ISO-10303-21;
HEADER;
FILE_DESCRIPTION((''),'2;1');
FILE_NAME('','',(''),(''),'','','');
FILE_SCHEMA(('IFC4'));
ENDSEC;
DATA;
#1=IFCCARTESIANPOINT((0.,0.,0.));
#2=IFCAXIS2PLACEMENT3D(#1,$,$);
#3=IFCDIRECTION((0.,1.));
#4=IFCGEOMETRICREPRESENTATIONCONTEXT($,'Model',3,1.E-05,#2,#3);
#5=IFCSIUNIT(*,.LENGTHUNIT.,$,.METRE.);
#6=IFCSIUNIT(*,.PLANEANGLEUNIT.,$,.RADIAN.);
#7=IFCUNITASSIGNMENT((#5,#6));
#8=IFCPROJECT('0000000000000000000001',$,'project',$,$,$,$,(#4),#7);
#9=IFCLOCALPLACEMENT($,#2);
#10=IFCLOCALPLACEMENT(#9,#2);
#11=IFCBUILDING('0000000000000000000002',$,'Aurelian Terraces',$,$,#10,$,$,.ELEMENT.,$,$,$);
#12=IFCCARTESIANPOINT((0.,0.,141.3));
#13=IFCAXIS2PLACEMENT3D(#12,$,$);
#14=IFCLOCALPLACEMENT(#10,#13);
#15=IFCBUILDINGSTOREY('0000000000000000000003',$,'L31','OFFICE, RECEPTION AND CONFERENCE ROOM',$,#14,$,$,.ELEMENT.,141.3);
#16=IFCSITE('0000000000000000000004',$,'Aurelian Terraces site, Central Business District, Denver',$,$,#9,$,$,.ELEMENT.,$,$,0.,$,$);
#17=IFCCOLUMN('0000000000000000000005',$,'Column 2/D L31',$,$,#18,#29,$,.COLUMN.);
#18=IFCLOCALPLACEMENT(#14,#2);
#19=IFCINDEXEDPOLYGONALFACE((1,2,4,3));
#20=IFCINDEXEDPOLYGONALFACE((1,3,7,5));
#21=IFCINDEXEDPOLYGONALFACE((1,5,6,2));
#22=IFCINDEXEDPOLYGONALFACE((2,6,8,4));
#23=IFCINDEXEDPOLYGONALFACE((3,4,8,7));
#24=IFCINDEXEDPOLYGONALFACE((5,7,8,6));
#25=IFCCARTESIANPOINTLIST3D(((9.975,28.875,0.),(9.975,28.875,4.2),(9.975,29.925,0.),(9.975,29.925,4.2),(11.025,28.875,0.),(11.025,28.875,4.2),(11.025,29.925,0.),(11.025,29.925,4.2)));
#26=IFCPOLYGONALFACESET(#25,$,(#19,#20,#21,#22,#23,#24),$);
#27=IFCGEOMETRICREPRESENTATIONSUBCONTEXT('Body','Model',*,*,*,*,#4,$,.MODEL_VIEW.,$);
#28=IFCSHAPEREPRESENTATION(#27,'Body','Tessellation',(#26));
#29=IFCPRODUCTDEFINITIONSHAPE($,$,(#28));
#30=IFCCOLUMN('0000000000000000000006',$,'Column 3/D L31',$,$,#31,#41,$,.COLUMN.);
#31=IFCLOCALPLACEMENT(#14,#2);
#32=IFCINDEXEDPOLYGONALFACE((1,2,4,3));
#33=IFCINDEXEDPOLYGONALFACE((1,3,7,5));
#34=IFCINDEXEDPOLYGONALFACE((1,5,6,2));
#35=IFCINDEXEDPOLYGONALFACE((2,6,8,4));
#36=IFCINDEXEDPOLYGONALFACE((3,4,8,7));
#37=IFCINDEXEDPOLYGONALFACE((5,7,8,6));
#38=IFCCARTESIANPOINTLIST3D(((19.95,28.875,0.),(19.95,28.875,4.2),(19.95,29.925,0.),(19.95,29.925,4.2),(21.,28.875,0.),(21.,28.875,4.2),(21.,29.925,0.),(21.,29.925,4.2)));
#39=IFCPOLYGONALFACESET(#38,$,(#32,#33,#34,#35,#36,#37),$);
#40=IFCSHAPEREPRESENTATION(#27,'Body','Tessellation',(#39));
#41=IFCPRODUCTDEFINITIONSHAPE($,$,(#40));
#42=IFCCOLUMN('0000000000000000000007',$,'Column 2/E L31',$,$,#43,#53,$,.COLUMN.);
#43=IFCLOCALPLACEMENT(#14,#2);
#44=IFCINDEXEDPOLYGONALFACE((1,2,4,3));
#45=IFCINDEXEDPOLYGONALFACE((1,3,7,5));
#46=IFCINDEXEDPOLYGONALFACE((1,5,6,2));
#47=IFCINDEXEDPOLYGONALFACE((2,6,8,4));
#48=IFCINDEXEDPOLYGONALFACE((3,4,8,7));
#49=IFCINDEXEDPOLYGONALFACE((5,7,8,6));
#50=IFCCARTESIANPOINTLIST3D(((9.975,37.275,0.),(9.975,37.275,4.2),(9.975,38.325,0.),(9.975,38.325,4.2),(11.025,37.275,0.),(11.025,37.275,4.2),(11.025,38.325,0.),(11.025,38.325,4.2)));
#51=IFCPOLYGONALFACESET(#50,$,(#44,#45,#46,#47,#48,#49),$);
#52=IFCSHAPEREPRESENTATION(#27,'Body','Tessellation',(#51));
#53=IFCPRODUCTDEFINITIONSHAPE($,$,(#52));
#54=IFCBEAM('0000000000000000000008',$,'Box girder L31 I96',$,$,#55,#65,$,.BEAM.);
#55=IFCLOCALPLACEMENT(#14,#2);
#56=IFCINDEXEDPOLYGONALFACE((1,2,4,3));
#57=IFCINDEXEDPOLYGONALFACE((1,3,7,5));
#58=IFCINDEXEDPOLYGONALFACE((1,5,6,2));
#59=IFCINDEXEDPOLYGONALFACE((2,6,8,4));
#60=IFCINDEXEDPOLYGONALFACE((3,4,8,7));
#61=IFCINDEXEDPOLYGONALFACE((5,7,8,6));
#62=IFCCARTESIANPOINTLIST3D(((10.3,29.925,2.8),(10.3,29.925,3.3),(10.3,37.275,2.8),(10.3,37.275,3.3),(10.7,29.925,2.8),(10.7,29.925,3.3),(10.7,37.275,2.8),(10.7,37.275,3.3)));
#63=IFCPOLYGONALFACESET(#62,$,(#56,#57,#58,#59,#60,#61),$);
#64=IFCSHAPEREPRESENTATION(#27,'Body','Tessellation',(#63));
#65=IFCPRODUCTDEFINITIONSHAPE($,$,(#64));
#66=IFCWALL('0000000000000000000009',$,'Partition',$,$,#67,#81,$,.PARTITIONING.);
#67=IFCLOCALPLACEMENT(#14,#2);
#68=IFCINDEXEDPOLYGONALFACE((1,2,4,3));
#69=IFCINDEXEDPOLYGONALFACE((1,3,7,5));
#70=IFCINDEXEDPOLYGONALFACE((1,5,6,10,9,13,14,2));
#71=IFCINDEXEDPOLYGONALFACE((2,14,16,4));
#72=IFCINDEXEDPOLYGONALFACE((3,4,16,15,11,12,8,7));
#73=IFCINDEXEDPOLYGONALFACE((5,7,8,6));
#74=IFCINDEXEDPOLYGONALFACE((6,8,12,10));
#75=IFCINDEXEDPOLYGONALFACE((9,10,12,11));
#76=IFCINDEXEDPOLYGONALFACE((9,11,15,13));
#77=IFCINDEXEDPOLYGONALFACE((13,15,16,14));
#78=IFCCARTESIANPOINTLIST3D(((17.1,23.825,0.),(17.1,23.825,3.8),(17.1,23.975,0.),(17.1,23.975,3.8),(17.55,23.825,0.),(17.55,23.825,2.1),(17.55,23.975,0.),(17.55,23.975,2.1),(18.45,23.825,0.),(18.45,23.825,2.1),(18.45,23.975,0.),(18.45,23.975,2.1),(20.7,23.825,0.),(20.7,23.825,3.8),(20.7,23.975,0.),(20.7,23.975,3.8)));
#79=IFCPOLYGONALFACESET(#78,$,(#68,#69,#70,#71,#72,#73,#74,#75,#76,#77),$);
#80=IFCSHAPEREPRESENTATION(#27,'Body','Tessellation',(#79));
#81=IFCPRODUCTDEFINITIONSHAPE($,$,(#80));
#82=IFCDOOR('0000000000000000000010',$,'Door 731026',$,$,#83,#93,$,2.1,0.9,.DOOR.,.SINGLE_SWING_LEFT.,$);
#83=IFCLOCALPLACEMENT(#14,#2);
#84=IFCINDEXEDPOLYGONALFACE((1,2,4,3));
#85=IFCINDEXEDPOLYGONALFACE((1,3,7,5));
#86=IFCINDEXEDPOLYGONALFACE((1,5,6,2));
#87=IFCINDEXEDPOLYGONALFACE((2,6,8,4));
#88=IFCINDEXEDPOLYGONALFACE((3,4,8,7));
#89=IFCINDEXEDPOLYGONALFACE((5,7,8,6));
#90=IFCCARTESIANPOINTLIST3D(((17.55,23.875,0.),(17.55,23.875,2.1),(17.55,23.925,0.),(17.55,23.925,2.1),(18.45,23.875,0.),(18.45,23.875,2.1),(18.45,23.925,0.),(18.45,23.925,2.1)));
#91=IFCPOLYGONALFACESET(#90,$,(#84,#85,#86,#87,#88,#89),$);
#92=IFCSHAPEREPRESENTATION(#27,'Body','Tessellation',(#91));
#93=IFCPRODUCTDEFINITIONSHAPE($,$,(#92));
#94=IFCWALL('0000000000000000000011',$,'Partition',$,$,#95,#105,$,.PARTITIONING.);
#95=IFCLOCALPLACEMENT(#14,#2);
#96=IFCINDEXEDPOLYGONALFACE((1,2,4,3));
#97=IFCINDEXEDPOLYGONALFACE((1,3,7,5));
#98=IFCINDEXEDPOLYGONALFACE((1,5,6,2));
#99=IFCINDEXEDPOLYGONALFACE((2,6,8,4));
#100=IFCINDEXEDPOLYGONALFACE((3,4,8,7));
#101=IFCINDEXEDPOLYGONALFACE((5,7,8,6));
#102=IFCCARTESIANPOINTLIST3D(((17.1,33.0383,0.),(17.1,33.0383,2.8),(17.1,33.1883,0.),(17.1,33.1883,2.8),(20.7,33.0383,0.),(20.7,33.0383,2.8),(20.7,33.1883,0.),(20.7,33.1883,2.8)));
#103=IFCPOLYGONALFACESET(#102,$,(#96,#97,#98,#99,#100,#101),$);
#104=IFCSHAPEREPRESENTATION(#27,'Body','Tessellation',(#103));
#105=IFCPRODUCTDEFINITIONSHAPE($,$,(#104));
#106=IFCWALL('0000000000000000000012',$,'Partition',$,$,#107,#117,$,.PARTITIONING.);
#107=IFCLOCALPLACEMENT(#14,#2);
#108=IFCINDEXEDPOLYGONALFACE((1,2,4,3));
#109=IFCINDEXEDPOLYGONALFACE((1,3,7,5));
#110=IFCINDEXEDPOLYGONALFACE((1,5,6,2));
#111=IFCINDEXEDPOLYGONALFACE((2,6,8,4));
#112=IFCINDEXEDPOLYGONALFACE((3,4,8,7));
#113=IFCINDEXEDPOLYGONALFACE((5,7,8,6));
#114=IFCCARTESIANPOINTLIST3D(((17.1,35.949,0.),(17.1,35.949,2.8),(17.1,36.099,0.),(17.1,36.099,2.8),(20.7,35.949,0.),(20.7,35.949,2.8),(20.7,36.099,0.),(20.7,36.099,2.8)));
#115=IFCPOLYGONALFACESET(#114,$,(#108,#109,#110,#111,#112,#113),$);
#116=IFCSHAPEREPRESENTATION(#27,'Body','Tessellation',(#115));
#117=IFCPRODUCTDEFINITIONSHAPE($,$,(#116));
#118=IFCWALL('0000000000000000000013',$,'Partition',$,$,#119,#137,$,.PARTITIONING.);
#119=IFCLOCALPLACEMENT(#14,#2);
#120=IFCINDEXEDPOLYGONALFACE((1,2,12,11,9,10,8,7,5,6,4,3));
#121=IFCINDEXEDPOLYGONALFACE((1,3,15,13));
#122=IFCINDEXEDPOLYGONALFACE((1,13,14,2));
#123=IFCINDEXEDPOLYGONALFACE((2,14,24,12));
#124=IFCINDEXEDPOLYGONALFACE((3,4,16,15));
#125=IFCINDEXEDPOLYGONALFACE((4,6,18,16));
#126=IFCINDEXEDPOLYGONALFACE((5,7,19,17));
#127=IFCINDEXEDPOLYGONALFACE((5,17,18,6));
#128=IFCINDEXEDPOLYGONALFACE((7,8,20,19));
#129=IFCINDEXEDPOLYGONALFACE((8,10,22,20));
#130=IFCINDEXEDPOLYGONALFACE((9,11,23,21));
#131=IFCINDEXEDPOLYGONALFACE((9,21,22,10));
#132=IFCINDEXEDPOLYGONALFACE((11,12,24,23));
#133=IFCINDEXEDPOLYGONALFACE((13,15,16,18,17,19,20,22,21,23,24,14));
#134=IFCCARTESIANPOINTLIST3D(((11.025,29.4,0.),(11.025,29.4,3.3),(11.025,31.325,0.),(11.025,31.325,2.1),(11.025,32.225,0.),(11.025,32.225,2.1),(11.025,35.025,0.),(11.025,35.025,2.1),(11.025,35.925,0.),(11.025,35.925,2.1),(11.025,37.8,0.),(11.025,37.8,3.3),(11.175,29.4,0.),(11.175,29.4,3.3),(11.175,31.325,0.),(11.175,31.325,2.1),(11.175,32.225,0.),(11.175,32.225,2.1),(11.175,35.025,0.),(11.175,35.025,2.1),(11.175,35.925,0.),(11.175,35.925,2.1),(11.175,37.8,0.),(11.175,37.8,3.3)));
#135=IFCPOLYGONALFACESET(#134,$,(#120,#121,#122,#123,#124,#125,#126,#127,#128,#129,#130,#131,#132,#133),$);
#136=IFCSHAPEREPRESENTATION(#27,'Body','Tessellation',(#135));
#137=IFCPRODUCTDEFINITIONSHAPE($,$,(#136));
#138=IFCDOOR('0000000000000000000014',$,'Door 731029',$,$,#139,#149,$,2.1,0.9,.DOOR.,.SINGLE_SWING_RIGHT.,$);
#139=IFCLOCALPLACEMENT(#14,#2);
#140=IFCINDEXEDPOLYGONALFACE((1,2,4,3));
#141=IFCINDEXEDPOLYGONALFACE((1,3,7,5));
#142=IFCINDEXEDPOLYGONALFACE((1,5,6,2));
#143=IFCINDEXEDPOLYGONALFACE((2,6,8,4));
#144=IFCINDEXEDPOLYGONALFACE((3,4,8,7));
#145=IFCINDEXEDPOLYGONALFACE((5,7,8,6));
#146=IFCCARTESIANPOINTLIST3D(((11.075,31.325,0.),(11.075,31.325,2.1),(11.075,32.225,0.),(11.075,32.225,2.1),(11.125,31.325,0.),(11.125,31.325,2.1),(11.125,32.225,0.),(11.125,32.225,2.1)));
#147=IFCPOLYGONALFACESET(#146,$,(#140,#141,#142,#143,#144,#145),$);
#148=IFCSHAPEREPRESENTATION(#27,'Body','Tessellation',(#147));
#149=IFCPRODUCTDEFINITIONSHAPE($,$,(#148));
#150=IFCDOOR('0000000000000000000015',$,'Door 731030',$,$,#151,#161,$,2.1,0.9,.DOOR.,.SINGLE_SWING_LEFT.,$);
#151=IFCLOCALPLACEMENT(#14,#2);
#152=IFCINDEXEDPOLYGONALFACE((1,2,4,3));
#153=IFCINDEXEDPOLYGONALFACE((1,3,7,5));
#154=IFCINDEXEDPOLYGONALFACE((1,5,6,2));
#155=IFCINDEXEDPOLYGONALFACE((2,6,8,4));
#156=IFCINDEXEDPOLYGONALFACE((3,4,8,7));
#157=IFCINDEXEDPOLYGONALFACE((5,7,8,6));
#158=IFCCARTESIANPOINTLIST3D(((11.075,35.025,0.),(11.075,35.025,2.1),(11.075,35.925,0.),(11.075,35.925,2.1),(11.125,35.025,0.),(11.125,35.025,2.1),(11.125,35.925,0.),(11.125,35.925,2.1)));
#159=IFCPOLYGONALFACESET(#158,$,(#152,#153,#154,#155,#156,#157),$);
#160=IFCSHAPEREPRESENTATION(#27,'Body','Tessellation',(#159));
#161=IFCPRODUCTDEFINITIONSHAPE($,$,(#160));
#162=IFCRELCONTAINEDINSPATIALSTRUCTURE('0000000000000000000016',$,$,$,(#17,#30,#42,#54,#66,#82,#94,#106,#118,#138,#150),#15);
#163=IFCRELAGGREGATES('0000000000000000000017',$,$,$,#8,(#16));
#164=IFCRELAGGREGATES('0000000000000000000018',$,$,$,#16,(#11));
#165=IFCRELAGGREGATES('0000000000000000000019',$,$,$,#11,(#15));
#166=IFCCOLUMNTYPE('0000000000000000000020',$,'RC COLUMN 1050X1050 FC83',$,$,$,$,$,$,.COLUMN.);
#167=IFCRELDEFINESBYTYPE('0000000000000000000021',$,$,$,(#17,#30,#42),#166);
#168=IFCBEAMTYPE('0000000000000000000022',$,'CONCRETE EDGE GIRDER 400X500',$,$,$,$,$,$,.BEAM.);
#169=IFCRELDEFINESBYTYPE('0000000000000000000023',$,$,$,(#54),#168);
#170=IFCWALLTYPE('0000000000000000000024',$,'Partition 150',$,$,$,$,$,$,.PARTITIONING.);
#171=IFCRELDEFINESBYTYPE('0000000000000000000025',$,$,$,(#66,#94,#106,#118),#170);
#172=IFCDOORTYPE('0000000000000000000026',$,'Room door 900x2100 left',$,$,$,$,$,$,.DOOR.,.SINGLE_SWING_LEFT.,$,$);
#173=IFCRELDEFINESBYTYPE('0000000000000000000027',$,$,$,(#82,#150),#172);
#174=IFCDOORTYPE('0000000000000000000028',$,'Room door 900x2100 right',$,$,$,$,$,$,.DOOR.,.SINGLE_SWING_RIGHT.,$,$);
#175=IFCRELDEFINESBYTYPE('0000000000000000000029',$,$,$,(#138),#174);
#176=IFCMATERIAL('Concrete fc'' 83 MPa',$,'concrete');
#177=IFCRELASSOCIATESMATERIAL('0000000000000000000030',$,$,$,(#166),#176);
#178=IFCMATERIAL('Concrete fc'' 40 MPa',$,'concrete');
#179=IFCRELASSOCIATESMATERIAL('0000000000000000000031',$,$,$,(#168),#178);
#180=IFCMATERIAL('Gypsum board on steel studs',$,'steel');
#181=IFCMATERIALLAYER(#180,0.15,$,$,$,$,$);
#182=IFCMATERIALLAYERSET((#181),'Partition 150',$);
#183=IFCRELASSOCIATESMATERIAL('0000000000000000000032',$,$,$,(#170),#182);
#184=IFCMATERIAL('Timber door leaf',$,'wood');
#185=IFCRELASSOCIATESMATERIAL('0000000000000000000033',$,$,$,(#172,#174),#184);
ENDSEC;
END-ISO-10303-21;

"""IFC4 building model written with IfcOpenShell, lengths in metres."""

from ifc_helpers import new_model, si_unit, direction, frame, frame_2d, origin, origin_2d, place, context, subcontext, project, spatial, rectangle, extrude, source, transform, mapped, material, layer, layer_set, material_profile, profile_set, type_object, element, fill, save


model = new_model("IFC4")

# Units and contexts
model_context = context("Model", 3, precision=1e-05, world=origin(), true_north=direction((0.0, 1.0)))
body_context = subcontext(model_context, "Body", "Model", "MODEL_VIEW")
ifc_project = project(units=[si_unit("LENGTHUNIT", "METRE"), si_unit("PLANEANGLEUNIT", "RADIAN")], contexts=[model_context])

# Site, building, storey
site_placement = place(None, origin())
site = spatial("IfcSite", under=ifc_project, at=site_placement, Name="Aurelian Terraces site, Central Business District, Denver", CompositionType="ELEMENT", RefElevation=0.0)
building_placement = place(site_placement, origin())
building = spatial("IfcBuilding", under=site, at=building_placement, Name="Aurelian Terraces", CompositionType="ELEMENT")
storey_placement = place(building_placement, frame((0.0, 0.0, 141.3)))
storey = spatial("IfcBuildingStorey", under=building, at=storey_placement, Name="L31", Description="OFFICE, RECEPTION AND CONFERENCE ROOM", CompositionType="ELEMENT", Elevation=141.3)

# Columns
ifc_material_1 = material(Name="Concrete fc' 83 MPa", Category="concrete")
ifc_material_profile_1 = material_profile(ifc_material_1, rectangle(XDim=1.05, YDim=1.05, at=origin_2d()))
ifc_profile_set_1 = profile_set([ifc_material_profile_1], Name="Concrete fc' 83 MPa")
column_type = type_object("IfcColumnType", Name="RC COLUMN 1050X1050 FC83", PredefinedType="COLUMN", material=ifc_profile_set_1)
shared_shape_1 = source(origin(), body_context, "Body", "SweptSolid", [
    extrude(rectangle(XDim=1.05, YDim=1.05, at=origin_2d()), origin(), (0.0, 0.0, 1.0), 4.2),
])
for number, where, z_axis, x_axis, name in (
    (1, (10.5, 29.4, 0.0), (0.0, 0.0, 1.0), (1.0, 0.0, 0.0), "Column 2/D L31"),
    (2, (20.475, 29.4, 0.0), (0.0, 0.0, 1.0), (1.0, 0.0, 0.0), "Column 3/D L31"),
    (3, (10.5, 37.8, 0.0), (0.0, 0.0, 1.0), (1.0, 0.0, 0.0), "Column 2/E L31"),
):
    element("IfcColumn", number, at=place(storey_placement, frame(where, z_axis=z_axis, x_axis=x_axis)), inside=storey, type_object=column_type, Name=name, PredefinedType="COLUMN", context=body_context, shape_type="MappedRepresentation", body=[
        mapped(shared_shape_1, transform((0.0, 0.0, 0.0), scale=1.0)),
    ])

# Beam
ifc_material_2 = material(Name="Concrete fc' 40 MPa", Category="concrete")
ifc_material_profile_2 = material_profile(ifc_material_2, rectangle(XDim=0.4, YDim=0.5, at=origin_2d()))
ifc_profile_set_2 = profile_set([ifc_material_profile_2], Name="Concrete fc' 40 MPa")
beam_type = type_object("IfcBeamType", Name="CONCRETE EDGE GIRDER 400X500", PredefinedType="BEAM", material=ifc_profile_set_2)
shared_shape_2 = source(origin(), body_context, "Body", "SweptSolid", [
    extrude(rectangle(XDim=0.4, YDim=0.5, at=origin_2d()), origin(), (0.0, 0.0, 1.0), 7.35),
])
beam_placement = place(storey_placement, frame((10.5, 29.925, 3.05), z_axis=(0.0, 1.0, 0.0), x_axis=(-1.0, 0.0, 0.0)))
element("IfcBeam", 4, at=beam_placement, inside=storey, type_object=beam_type, Name="Box girder L31 I96", PredefinedType="BEAM", context=body_context, shape_type="MappedRepresentation", body=[
    mapped(shared_shape_2, transform((0.0, 0.0, 0.0), scale=1.0)),
])

# Wall, opening, door
ifc_material_3 = material(Name="Gypsum board on steel studs", Category="steel")
ifc_layer_1 = layer(ifc_material_3, 0.15)
ifc_layer_set_1 = layer_set([ifc_layer_1], Name="Partition 150")
wall_type_1 = type_object("IfcWallType", Name="Partition 150", PredefinedType="PARTITIONING", material=ifc_layer_set_1)
shared_shape_3 = source(origin(), body_context, "Body", "SweptSolid", [
    extrude(rectangle(XDim=3.6, YDim=0.15, at=frame_2d((1.8, 0.0))), origin(), (0.0, 0.0, 1.0), 3.8),
])
wall_1_placement = place(storey_placement, frame((17.1, 23.9, 0.0), z_axis=(0.0, 0.0, 1.0), x_axis=(1.0, 0.0, 0.0)))
wall_1 = element("IfcWall", 5, at=wall_1_placement, inside=storey, type_object=wall_type_1, Name="Partition", PredefinedType="PARTITIONING", context=body_context, shape_type="MappedRepresentation", body=[
    mapped(shared_shape_3, transform((0.0, 0.0, 0.0), scale=1.0)),
])
shared_shape_4 = source(origin(), body_context, "Body", "SweptSolid", [
    extrude(rectangle(XDim=0.9, YDim=2.1, at=frame_2d((0.45, 1.05))), frame((0.0, 0.085, 0.0), z_axis=(0.0, -1.0, 0.0), x_axis=(1.0, 0.0, 0.0)), (0.0, 0.0, 1.0), 0.17),
])
opening_1_placement = place(wall_1_placement, frame((0.45, 0.0, 0.0)))
opening_1 = element("IfcOpeningElement", 6, at=opening_1_placement, cuts=wall_1, PredefinedType="OPENING", context=body_context, shape_type="MappedRepresentation", body=[
    mapped(shared_shape_4, transform((0.0, 0.0, 0.0), scale=1.0)),
])
ifc_material_4 = material(Name="Timber door leaf", Category="wood")
door_type_1 = type_object("IfcDoorType", Name="Room door 900x2100 left", OperationType="SINGLE_SWING_LEFT", PredefinedType="DOOR", material=ifc_material_4)
shared_shape_5 = source(origin(), body_context, "Body", "SweptSolid", [
    extrude(rectangle(XDim=0.9, YDim=2.1, at=frame_2d((0.45, 1.05))), frame((0.0, 0.025, 0.0), z_axis=(0.0, -1.0, 0.0), x_axis=(1.0, 0.0, 0.0)), (0.0, 0.0, 1.0), 0.05),
])
door_1_placement = place(opening_1_placement, origin())
door_1 = element("IfcDoor", 7, at=door_1_placement, inside=storey, type_object=door_type_1, Name="Door 731026", OperationType="SINGLE_SWING_LEFT", OverallHeight=2.1, OverallWidth=0.9, PredefinedType="DOOR", context=body_context, shape_type="MappedRepresentation", body=[
    mapped(shared_shape_5, transform((0.0, 0.0, 0.0), scale=1.0)),
])
fill(opening_1, door_1)

# Walls
shared_shape_6 = source(origin(), body_context, "Body", "SweptSolid", [
    extrude(rectangle(XDim=3.6, YDim=0.15, at=frame_2d((1.8, 0.0))), origin(), (0.0, 0.0, 1.0), 2.8),
])
for number, where, z_axis, x_axis, name in (
    (8, (17.1, 33.1133, 0.0), (0.0, 0.0, 1.0), (1.0, 0.0, 0.0), "Partition"),
    (9, (17.1, 36.024, 0.0), (0.0, 0.0, 1.0), (1.0, 0.0, 0.0), "Partition"),
):
    element("IfcWall", number, at=place(storey_placement, frame(where, z_axis=z_axis, x_axis=x_axis)), inside=storey, type_object=wall_type_1, Name=name, PredefinedType="PARTITIONING", context=body_context, shape_type="MappedRepresentation", body=[
        mapped(shared_shape_6, transform((0.0, 0.0, 0.0), scale=1.0)),
    ])

# Wall, openings, doors
shared_shape_7 = source(origin(), body_context, "Body", "SweptSolid", [
    extrude(rectangle(XDim=8.4, YDim=0.15, at=frame_2d((4.2, 0.0))), origin(), (0.0, 0.0, 1.0), 3.3),
])
wall_2_placement = place(storey_placement, frame((11.1, 29.4, 0.0), z_axis=(0.0, 0.0, 1.0), x_axis=(0.0, 1.0, 0.0)))
wall_2 = element("IfcWall", 10, at=wall_2_placement, inside=storey, type_object=wall_type_1, Name="Partition", PredefinedType="PARTITIONING", context=body_context, shape_type="MappedRepresentation", body=[
    mapped(shared_shape_7, transform((0.0, 0.0, 0.0), scale=1.0)),
])
opening_2_placement = place(wall_2_placement, frame((1.925, 0.0, 0.0)))
opening_2 = element("IfcOpeningElement", 11, at=opening_2_placement, cuts=wall_2, PredefinedType="OPENING", context=body_context, shape_type="MappedRepresentation", body=[
    mapped(shared_shape_4, transform((0.0, 0.0, 0.0), scale=1.0)),
])
opening_3_placement = place(wall_2_placement, frame((5.625, 0.0, 0.0)))
opening_3 = element("IfcOpeningElement", 12, at=opening_3_placement, cuts=wall_2, PredefinedType="OPENING", context=body_context, shape_type="MappedRepresentation", body=[
    mapped(shared_shape_4, transform((0.0, 0.0, 0.0), scale=1.0)),
])
door_type_2 = type_object("IfcDoorType", Name="Room door 900x2100 right", OperationType="SINGLE_SWING_RIGHT", PredefinedType="DOOR", material=ifc_material_4)
door_2_placement = place(opening_2_placement, origin())
door_2 = element("IfcDoor", 13, at=door_2_placement, inside=storey, type_object=door_type_2, Name="Door 731029", OperationType="SINGLE_SWING_RIGHT", OverallHeight=2.1, OverallWidth=0.9, PredefinedType="DOOR", context=body_context, shape_type="MappedRepresentation", body=[
    mapped(shared_shape_5, transform((0.0, 0.0, 0.0), scale=1.0)),
])
fill(opening_2, door_2)
door_3_placement = place(opening_3_placement, origin())
door_3 = element("IfcDoor", 14, at=door_3_placement, inside=storey, type_object=door_type_1, Name="Door 731030", OperationType="SINGLE_SWING_LEFT", OverallHeight=2.1, OverallWidth=0.9, PredefinedType="DOOR", context=body_context, shape_type="MappedRepresentation", body=[
    mapped(shared_shape_5, transform((0.0, 0.0, 0.0), scale=1.0)),
])
fill(opening_3, door_3)

save(model, "model.ifc")
